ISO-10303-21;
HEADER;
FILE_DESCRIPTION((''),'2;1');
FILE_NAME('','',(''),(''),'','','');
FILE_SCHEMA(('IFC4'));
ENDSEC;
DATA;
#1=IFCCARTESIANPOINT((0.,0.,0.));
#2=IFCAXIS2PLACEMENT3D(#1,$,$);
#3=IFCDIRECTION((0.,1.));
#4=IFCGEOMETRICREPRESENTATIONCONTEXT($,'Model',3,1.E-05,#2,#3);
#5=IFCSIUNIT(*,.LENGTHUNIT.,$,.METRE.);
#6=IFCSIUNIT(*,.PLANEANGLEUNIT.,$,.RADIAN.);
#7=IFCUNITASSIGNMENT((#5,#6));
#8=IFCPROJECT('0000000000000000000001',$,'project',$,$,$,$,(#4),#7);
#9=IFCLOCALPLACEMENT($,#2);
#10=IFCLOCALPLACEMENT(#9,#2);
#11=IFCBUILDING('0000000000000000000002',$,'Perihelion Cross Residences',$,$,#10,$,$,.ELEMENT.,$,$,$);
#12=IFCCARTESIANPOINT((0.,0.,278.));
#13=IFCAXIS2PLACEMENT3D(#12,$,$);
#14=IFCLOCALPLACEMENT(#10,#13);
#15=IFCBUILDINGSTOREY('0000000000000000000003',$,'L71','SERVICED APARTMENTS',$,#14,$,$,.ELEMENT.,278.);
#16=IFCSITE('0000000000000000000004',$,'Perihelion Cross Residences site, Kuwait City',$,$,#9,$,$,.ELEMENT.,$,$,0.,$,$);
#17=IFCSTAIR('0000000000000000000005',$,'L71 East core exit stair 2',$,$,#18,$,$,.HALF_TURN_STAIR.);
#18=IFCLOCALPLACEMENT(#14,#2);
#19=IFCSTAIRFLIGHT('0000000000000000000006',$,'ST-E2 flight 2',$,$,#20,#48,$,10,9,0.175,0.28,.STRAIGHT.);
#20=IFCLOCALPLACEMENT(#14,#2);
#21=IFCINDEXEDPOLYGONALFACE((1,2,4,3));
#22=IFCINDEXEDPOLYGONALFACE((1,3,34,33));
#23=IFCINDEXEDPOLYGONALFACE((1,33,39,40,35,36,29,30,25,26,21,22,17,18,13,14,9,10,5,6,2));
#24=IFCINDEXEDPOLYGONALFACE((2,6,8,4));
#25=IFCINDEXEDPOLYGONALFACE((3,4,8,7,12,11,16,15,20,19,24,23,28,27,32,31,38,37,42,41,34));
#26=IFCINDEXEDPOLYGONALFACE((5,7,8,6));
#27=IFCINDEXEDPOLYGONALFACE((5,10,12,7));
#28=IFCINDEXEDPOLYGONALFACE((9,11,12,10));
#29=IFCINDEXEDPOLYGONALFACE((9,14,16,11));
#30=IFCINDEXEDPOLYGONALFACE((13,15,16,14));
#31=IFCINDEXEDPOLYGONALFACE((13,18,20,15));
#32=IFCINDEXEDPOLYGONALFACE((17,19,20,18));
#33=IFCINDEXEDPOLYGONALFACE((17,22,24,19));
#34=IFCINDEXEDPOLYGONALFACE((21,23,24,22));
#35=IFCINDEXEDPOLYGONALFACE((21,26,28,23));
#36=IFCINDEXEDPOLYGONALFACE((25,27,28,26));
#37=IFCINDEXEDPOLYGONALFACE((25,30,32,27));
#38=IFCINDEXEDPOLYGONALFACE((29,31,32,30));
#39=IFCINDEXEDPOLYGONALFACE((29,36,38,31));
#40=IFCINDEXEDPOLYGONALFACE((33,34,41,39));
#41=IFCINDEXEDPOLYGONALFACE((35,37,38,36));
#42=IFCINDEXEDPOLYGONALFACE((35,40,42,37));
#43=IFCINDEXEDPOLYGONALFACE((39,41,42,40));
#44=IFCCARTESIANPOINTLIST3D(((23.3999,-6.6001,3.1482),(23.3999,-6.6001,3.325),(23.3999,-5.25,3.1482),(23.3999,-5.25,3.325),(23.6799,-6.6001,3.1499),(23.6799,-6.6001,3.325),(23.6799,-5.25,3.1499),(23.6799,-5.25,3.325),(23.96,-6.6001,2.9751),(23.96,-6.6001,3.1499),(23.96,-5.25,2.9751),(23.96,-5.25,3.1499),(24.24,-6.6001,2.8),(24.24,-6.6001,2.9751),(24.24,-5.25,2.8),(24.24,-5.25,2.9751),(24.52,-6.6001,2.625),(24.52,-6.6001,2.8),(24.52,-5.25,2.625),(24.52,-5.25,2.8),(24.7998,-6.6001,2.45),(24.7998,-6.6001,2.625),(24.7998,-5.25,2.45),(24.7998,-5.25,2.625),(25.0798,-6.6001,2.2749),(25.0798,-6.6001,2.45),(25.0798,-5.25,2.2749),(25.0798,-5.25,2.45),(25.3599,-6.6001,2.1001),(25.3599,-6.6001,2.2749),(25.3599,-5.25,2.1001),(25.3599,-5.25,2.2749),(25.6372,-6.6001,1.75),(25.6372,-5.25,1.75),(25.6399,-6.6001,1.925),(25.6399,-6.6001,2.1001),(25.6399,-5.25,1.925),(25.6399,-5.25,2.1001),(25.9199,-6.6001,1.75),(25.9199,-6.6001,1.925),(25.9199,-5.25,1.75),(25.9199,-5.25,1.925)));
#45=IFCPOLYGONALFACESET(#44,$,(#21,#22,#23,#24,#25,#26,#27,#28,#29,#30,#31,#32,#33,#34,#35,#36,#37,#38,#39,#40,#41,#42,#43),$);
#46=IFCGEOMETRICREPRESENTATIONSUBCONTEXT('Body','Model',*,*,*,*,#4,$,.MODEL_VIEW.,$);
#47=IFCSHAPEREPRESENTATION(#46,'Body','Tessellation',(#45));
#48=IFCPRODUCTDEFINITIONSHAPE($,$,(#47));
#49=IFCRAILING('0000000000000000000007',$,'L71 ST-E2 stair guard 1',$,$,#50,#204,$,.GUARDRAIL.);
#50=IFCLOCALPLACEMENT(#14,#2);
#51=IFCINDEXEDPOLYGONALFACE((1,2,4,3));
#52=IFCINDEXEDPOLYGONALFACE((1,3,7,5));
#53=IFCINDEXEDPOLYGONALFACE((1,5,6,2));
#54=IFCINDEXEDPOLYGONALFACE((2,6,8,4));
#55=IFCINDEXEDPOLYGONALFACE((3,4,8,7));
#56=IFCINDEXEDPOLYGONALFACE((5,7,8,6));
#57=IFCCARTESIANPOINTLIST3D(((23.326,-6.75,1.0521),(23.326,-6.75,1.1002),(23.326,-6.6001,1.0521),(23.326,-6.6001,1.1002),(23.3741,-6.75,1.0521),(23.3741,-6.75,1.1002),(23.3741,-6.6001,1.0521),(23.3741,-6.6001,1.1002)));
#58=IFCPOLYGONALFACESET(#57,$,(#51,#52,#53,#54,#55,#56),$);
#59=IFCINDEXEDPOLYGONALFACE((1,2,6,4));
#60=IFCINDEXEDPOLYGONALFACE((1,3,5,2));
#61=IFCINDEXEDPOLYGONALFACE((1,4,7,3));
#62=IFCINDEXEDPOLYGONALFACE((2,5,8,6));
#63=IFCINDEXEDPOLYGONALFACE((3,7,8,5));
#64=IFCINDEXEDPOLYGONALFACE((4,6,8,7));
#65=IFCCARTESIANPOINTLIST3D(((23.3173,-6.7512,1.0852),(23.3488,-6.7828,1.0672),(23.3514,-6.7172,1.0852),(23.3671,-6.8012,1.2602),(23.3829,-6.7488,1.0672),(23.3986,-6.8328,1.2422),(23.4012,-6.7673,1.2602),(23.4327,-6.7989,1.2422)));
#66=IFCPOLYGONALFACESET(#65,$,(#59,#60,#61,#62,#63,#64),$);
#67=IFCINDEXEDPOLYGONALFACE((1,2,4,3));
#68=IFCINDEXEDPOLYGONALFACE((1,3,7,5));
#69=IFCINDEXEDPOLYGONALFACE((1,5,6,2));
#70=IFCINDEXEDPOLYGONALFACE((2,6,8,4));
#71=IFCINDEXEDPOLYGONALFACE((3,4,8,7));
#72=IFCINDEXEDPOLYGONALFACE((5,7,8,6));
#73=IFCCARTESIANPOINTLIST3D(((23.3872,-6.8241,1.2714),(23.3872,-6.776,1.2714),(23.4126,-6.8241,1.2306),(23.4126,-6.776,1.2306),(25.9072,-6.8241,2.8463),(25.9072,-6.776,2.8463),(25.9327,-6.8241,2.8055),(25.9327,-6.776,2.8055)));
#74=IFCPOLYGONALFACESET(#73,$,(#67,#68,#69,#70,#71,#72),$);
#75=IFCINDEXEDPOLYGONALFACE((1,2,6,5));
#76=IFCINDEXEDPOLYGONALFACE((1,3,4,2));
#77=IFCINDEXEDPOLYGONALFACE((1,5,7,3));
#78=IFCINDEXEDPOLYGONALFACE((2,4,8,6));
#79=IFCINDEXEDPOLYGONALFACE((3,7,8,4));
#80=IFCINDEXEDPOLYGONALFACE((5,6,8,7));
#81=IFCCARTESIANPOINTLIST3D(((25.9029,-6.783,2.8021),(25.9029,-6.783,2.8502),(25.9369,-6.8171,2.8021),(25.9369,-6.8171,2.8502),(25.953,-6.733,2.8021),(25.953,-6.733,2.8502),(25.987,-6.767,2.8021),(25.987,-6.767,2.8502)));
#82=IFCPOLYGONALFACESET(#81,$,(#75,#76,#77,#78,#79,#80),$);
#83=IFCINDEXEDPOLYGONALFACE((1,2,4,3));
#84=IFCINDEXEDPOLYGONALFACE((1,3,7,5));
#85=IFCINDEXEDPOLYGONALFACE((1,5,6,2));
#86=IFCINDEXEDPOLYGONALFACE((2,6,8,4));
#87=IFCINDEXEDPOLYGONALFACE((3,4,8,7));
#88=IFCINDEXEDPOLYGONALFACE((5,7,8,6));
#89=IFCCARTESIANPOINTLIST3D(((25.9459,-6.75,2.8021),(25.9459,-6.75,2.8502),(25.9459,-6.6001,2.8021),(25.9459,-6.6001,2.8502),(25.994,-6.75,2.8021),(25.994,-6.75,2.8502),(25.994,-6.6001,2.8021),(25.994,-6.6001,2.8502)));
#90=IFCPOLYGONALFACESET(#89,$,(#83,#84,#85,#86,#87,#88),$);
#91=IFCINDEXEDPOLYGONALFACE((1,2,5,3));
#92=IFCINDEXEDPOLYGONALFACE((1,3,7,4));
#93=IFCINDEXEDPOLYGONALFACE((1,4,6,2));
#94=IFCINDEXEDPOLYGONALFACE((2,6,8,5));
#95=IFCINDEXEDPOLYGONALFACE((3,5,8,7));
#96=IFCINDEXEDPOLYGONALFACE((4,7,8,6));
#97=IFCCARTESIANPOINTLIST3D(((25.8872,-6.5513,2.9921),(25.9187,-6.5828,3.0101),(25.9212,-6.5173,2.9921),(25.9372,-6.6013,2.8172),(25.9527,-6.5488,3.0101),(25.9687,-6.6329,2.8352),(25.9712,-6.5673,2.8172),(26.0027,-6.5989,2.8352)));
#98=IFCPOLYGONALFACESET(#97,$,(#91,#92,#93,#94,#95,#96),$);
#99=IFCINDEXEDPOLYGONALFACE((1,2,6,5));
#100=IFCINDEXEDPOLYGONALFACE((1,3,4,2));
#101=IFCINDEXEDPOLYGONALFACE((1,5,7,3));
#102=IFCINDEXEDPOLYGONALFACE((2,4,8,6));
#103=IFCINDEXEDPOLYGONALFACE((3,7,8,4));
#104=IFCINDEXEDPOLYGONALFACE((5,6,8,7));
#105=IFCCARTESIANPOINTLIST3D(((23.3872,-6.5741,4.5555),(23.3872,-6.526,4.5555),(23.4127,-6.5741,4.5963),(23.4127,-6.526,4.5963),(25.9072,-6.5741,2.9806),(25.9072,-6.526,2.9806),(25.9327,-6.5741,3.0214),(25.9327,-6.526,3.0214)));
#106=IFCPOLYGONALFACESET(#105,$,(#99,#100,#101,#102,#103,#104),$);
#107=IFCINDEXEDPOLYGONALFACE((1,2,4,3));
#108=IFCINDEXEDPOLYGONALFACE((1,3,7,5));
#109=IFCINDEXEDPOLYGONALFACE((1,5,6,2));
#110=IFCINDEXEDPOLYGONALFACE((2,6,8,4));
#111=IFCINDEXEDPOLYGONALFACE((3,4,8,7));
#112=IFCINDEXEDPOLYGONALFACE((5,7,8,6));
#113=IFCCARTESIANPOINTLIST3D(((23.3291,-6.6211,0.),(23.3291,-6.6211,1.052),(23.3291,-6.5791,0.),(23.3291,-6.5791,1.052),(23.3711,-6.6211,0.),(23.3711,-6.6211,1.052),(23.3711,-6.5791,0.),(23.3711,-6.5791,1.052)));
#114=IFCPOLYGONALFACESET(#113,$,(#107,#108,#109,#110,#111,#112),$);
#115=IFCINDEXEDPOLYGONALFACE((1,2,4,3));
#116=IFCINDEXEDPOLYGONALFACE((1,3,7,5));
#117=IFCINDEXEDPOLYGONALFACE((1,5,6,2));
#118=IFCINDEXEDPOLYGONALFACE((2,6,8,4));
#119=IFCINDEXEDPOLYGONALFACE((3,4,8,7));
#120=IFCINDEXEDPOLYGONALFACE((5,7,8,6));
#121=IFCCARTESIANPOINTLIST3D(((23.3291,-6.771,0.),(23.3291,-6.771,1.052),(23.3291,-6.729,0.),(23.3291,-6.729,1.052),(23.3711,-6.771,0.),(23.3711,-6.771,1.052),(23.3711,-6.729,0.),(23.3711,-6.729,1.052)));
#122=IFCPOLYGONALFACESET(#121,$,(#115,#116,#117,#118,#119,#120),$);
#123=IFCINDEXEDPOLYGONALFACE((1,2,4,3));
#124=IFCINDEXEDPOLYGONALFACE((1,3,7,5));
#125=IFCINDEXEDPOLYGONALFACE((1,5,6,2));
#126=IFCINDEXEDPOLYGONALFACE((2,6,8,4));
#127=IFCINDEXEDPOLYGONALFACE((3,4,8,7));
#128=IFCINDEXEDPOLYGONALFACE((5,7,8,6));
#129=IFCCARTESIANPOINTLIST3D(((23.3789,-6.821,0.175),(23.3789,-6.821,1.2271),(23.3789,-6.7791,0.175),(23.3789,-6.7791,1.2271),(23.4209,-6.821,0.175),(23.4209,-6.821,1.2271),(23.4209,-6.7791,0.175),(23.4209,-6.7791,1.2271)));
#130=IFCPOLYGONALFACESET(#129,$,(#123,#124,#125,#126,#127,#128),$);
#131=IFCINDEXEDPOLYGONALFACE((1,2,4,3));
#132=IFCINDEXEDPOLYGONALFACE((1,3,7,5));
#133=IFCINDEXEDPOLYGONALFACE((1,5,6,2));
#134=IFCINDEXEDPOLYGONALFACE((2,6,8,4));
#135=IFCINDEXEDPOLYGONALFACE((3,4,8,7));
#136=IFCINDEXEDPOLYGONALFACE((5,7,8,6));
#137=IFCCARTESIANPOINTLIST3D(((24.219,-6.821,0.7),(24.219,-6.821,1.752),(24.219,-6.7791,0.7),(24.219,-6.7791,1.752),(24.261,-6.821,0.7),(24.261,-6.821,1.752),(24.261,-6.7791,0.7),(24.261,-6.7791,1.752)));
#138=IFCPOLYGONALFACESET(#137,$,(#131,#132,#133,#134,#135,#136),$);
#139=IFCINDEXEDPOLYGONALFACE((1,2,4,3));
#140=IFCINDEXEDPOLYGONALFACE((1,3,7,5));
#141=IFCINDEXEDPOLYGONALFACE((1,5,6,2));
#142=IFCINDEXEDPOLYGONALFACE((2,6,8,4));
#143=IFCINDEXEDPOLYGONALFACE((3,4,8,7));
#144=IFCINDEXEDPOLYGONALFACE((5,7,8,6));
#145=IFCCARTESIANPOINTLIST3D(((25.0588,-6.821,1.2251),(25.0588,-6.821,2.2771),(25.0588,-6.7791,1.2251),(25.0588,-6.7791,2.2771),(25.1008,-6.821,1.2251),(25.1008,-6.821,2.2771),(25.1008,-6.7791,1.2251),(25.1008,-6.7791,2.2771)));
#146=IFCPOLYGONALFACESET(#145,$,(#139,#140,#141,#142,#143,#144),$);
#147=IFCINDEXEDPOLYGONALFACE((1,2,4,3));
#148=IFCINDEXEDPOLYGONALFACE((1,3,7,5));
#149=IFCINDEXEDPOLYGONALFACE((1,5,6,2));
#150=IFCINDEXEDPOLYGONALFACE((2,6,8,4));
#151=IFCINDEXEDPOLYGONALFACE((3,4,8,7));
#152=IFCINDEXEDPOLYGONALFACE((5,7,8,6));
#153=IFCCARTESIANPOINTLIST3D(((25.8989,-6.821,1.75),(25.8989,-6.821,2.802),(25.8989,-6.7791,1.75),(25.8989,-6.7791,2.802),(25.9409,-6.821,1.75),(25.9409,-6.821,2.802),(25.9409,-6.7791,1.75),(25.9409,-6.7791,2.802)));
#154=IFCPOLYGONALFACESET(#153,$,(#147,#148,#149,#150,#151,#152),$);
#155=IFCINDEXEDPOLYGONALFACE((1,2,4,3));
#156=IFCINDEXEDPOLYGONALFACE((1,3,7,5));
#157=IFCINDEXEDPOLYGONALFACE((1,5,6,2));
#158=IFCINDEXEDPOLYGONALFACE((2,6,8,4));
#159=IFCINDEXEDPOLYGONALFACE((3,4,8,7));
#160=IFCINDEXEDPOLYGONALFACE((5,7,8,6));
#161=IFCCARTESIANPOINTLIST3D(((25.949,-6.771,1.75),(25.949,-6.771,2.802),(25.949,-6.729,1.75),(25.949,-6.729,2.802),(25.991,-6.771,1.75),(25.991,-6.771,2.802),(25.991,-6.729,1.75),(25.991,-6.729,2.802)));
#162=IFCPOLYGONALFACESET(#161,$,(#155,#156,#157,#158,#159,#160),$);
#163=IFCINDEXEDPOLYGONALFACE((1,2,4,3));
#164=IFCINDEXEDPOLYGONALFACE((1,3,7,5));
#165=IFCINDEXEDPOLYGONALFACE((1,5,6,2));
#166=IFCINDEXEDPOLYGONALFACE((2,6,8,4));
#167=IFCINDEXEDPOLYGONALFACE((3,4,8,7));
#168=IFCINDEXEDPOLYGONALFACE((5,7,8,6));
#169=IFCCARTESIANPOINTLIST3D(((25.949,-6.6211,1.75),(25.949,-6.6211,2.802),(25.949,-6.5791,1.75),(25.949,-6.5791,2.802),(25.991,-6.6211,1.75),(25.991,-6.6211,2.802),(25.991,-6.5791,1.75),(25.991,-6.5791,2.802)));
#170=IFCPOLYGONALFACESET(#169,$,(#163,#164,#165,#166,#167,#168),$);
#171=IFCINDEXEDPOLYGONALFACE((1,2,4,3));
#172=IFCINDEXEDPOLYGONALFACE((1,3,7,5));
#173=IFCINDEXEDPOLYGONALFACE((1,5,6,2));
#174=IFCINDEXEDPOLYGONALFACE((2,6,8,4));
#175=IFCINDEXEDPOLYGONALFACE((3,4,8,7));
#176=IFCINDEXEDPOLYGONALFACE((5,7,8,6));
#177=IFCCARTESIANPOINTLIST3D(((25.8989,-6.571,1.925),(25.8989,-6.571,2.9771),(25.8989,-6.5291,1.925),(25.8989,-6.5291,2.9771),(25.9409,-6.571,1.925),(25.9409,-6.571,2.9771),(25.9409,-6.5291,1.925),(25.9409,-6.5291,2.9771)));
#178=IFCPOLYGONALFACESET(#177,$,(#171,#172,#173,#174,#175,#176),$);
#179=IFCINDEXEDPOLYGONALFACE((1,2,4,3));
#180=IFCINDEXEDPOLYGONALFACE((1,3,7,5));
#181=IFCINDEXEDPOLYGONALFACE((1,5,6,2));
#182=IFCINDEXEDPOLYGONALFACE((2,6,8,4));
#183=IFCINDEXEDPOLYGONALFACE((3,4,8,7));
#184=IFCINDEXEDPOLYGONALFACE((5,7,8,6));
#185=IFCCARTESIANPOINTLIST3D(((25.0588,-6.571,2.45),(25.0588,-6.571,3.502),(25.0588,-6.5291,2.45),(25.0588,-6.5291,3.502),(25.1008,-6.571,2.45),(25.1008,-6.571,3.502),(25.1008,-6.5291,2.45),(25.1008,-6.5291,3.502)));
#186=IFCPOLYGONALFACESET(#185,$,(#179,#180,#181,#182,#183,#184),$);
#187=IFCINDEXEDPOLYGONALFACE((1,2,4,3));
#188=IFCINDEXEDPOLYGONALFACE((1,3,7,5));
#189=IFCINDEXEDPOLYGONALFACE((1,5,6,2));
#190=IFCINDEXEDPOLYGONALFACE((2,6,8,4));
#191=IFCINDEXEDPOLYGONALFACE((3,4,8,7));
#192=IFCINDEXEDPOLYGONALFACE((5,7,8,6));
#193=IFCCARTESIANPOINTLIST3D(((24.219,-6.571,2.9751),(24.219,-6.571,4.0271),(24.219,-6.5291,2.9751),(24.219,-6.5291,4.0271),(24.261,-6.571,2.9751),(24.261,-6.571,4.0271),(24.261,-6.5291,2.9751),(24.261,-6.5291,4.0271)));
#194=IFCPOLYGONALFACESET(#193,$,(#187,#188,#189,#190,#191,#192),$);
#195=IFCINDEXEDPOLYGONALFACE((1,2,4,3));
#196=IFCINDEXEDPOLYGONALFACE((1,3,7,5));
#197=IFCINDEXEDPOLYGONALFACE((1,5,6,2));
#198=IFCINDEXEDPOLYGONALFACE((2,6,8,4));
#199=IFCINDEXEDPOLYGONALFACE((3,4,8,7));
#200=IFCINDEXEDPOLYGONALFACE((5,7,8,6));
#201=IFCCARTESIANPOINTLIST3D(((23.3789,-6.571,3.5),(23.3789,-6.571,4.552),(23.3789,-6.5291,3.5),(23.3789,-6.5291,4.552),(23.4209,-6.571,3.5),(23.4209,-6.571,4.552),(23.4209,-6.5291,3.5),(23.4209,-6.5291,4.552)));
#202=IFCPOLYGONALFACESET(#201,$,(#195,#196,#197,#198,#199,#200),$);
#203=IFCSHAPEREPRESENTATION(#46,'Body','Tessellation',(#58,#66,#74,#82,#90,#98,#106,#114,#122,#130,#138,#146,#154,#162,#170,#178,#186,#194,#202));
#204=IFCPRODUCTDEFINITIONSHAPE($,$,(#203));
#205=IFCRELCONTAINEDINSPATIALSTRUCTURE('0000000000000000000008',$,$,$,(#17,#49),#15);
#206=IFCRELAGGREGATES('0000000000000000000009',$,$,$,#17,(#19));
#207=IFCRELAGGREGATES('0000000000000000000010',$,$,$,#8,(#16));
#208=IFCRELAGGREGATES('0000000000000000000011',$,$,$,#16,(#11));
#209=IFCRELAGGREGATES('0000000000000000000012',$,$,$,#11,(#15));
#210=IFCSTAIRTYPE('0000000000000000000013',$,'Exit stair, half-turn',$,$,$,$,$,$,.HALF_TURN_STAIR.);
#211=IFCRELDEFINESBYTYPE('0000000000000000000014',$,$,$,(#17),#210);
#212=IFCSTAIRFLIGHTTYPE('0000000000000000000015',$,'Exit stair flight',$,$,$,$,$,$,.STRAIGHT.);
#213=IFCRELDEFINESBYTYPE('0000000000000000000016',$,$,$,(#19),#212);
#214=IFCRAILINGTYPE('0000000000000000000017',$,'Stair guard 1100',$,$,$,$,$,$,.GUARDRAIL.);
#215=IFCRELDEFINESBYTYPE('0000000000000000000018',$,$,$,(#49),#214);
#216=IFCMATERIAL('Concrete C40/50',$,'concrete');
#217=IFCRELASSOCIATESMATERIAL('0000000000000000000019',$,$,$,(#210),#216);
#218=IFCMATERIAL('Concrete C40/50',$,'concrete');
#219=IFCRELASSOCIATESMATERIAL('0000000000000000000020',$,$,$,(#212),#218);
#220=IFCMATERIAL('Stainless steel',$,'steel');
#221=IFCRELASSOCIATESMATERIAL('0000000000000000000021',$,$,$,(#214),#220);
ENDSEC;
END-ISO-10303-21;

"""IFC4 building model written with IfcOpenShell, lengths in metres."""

from ifc_helpers import new_model, si_unit, direction, frame, origin, origin_2d, place, context, subcontext, project, spatial, polyline, rectangle, outline, extrude, material, type_object, element, aggregate, save


model = new_model("IFC4")

# Units and contexts
model_context = context("Model", 3, precision=1e-05, world=origin(), true_north=direction((0.0, 1.0)))
body_context = subcontext(model_context, "Body", "Model", "MODEL_VIEW")
ifc_project = project(units=[si_unit("LENGTHUNIT", "METRE"), si_unit("PLANEANGLEUNIT", "RADIAN")], contexts=[model_context])

# Site, building, storey
site_placement = place(None, origin())
site = spatial("IfcSite", under=ifc_project, at=site_placement, Name="Perihelion Cross Residences site, Kuwait City", CompositionType="ELEMENT", RefElevation=0.0)
building_placement = place(site_placement, origin())
building = spatial("IfcBuilding", under=site, at=building_placement, Name="Perihelion Cross Residences", CompositionType="ELEMENT")
storey_placement = place(building_placement, frame((0.0, 0.0, 278.0)))
storey = spatial("IfcBuildingStorey", under=building, at=storey_placement, Name="L71", Description="SERVICED APARTMENTS", CompositionType="ELEMENT", Elevation=278.0)

# Stair, stair flight
ifc_material_1 = material(Name="Concrete C40/50", Category="concrete")
stair_type = type_object("IfcStairType", Name="Exit stair, half-turn", PredefinedType="HALF_TURN_STAIR", material=ifc_material_1)
stair_placement = place(storey_placement, origin())
stair = element("IfcStair", 1, at=stair_placement, inside=storey, type_object=stair_type, Name="L71 East core exit stair 2", PredefinedType="HALF_TURN_STAIR")
ifc_material_2 = material(Name="Concrete C40/50", Category="concrete")
stair_flight_type = type_object("IfcStairFlightType", Name="Exit stair flight", PredefinedType="STRAIGHT", material=ifc_material_2)
stair_flight_1_placement = place(storey_placement, frame((25.9199, -5.925, 1.75), z_axis=(0.0, 0.0, 1.0), x_axis=(-1.0, 0.0, 0.0)))
stair_flight_1 = element("IfcStairFlight", 2, at=stair_flight_1_placement, type_object=stair_flight_type, Name="ST-E2 flight 2", NumberOfRisers=10, NumberOfTreads=9, PredefinedType="STRAIGHT", RiserHeight=0.175, TreadLength=0.28, context=body_context, shape_type="SweptSolid", body=[
    extrude(outline(polyline([(0.0, 0.0), (0.0, 0.175), (0.28, 0.175), (0.28, 0.3501), (0.5601, 0.3501), (0.5601, 0.5249), (0.8401, 0.5249), (0.8401, 0.7), (1.1201, 0.7), (1.1201, 0.875), (1.3999, 0.875), (1.3999, 1.05), (1.6799, 1.05), (1.6799, 1.2251), (1.96, 1.2251), (1.96, 1.3999), (2.24, 1.3999), (2.24, 1.575), (2.52, 1.575), (2.52, 1.75), (2.52, 1.3982), (0.2827, 0.0), (0.0, 0.0)])), frame((0.0, 0.675, 0.0), z_axis=(0.0, -1.0, 0.0), x_axis=(1.0, 0.0, 0.0)), (0.0, 0.0, 1.0), 1.3501),
])
aggregate(stair, [stair_flight_1])

# Railing
ifc_material_3 = material(Name="Stainless steel", Category="steel")
railing_type_1 = type_object("IfcRailingType", Name="Stair guard 1100", PredefinedType="GUARDRAIL", material=ifc_material_3)
railing_1_placement = place(storey_placement, frame((23.3501, -6.6001, 0.0)))
element("IfcRailing", 3, at=railing_1_placement, inside=storey, type_object=railing_type_1, Name="L71 ST-E2 stair guard 1", PredefinedType="GUARDRAIL", context=body_context, shape_type="SweptSolid", body=[
    extrude(rectangle(XDim=0.0481, YDim=0.0481, at=origin_2d()), frame((0.0, 0.0, 1.0762), z_axis=(0.0, -1.0, 0.0), x_axis=(1.0, 0.0, 0.0)), (0.0, 0.0, 1.0), 0.1499),
    extrude(rectangle(XDim=0.0481, YDim=0.0481, at=origin_2d()), frame((0.0, -0.1499, 1.0762), z_axis=(0.263862, -0.265156, 0.927399), x_axis=(0.708834, 0.705376, 0.0)), (0.0, 0.0, 1.0), 0.1887),
    extrude(rectangle(XDim=0.0481, YDim=0.0481, at=origin_2d()), frame((0.0498, -0.2, 1.251), z_axis=(0.848008, 0.0, 0.529984), x_axis=(0.0, 1.0, 0.0)), (0.0, 0.0, 1.0), 2.9717),
    extrude(rectangle(XDim=0.0481, YDim=0.0481, at=origin_2d()), frame((2.5698, -0.2, 2.8262), z_axis=(0.707107, 0.707107, 0.0), x_axis=(-0.707107, 0.707107, 0.0)), (0.0, 0.0, 1.0), 0.0708),
    extrude(rectangle(XDim=0.0481, YDim=0.0481, at=origin_2d()), frame((2.6199, -0.1499, 2.8262), z_axis=(0.0, 1.0, 0.0), x_axis=(-1.0, 0.0, 0.0)), (0.0, 0.0, 1.0), 0.1499),
    extrude(rectangle(XDim=0.0481, YDim=0.0481, at=origin_2d()), frame((2.6199, 0.0, 2.8262), z_axis=(-0.265065, 0.265065, 0.927082), x_axis=(-0.707107, -0.707107, 0.0)), (0.0, 0.0, 1.0), 0.1887),
    extrude(rectangle(XDim=0.0481, YDim=0.0481, at=origin_2d()), frame((2.5698, 0.05, 3.001), z_axis=(-0.848008, 0.0, 0.529984), x_axis=(0.0, -1.0, 0.0)), (0.0, 0.0, 1.0), 2.9717),
    extrude(rectangle(XDim=0.042, YDim=0.042, at=origin_2d()), origin(), (0.0, 0.0, 1.0), 1.052),
    extrude(rectangle(XDim=0.042, YDim=0.042, at=origin_2d()), frame((0.0, -0.1499, 0.0)), (0.0, 0.0, 1.0), 1.052),
    extrude(rectangle(XDim=0.042, YDim=0.042, at=origin_2d()), frame((0.0498, -0.2, 0.175)), (0.0, 0.0, 1.0), 1.052),
    extrude(rectangle(XDim=0.042, YDim=0.042, at=origin_2d()), frame((0.8899, -0.2, 0.7)), (0.0, 0.0, 1.0), 1.052),
    extrude(rectangle(XDim=0.042, YDim=0.042, at=origin_2d()), frame((1.7297, -0.2, 1.2251)), (0.0, 0.0, 1.0), 1.052),
    extrude(rectangle(XDim=0.042, YDim=0.042, at=origin_2d()), frame((2.5698, -0.2, 1.75)), (0.0, 0.0, 1.0), 1.052),
    extrude(rectangle(XDim=0.042, YDim=0.042, at=origin_2d()), frame((2.6199, -0.1499, 1.75)), (0.0, 0.0, 1.0), 1.052),
    extrude(rectangle(XDim=0.042, YDim=0.042, at=origin_2d()), frame((2.6199, 0.0, 1.75)), (0.0, 0.0, 1.0), 1.052),
    extrude(rectangle(XDim=0.042, YDim=0.042, at=origin_2d()), frame((2.5698, 0.05, 1.925)), (0.0, 0.0, 1.0), 1.052),
    extrude(rectangle(XDim=0.042, YDim=0.042, at=origin_2d()), frame((1.7297, 0.05, 2.45)), (0.0, 0.0, 1.0), 1.052),
    extrude(rectangle(XDim=0.042, YDim=0.042, at=origin_2d()), frame((0.8899, 0.05, 2.9751)), (0.0, 0.0, 1.0), 1.052),
    extrude(rectangle(XDim=0.042, YDim=0.042, at=origin_2d()), frame((0.0498, 0.05, 3.5)), (0.0, 0.0, 1.0), 1.052),
])

save(model, "model.ifc")
